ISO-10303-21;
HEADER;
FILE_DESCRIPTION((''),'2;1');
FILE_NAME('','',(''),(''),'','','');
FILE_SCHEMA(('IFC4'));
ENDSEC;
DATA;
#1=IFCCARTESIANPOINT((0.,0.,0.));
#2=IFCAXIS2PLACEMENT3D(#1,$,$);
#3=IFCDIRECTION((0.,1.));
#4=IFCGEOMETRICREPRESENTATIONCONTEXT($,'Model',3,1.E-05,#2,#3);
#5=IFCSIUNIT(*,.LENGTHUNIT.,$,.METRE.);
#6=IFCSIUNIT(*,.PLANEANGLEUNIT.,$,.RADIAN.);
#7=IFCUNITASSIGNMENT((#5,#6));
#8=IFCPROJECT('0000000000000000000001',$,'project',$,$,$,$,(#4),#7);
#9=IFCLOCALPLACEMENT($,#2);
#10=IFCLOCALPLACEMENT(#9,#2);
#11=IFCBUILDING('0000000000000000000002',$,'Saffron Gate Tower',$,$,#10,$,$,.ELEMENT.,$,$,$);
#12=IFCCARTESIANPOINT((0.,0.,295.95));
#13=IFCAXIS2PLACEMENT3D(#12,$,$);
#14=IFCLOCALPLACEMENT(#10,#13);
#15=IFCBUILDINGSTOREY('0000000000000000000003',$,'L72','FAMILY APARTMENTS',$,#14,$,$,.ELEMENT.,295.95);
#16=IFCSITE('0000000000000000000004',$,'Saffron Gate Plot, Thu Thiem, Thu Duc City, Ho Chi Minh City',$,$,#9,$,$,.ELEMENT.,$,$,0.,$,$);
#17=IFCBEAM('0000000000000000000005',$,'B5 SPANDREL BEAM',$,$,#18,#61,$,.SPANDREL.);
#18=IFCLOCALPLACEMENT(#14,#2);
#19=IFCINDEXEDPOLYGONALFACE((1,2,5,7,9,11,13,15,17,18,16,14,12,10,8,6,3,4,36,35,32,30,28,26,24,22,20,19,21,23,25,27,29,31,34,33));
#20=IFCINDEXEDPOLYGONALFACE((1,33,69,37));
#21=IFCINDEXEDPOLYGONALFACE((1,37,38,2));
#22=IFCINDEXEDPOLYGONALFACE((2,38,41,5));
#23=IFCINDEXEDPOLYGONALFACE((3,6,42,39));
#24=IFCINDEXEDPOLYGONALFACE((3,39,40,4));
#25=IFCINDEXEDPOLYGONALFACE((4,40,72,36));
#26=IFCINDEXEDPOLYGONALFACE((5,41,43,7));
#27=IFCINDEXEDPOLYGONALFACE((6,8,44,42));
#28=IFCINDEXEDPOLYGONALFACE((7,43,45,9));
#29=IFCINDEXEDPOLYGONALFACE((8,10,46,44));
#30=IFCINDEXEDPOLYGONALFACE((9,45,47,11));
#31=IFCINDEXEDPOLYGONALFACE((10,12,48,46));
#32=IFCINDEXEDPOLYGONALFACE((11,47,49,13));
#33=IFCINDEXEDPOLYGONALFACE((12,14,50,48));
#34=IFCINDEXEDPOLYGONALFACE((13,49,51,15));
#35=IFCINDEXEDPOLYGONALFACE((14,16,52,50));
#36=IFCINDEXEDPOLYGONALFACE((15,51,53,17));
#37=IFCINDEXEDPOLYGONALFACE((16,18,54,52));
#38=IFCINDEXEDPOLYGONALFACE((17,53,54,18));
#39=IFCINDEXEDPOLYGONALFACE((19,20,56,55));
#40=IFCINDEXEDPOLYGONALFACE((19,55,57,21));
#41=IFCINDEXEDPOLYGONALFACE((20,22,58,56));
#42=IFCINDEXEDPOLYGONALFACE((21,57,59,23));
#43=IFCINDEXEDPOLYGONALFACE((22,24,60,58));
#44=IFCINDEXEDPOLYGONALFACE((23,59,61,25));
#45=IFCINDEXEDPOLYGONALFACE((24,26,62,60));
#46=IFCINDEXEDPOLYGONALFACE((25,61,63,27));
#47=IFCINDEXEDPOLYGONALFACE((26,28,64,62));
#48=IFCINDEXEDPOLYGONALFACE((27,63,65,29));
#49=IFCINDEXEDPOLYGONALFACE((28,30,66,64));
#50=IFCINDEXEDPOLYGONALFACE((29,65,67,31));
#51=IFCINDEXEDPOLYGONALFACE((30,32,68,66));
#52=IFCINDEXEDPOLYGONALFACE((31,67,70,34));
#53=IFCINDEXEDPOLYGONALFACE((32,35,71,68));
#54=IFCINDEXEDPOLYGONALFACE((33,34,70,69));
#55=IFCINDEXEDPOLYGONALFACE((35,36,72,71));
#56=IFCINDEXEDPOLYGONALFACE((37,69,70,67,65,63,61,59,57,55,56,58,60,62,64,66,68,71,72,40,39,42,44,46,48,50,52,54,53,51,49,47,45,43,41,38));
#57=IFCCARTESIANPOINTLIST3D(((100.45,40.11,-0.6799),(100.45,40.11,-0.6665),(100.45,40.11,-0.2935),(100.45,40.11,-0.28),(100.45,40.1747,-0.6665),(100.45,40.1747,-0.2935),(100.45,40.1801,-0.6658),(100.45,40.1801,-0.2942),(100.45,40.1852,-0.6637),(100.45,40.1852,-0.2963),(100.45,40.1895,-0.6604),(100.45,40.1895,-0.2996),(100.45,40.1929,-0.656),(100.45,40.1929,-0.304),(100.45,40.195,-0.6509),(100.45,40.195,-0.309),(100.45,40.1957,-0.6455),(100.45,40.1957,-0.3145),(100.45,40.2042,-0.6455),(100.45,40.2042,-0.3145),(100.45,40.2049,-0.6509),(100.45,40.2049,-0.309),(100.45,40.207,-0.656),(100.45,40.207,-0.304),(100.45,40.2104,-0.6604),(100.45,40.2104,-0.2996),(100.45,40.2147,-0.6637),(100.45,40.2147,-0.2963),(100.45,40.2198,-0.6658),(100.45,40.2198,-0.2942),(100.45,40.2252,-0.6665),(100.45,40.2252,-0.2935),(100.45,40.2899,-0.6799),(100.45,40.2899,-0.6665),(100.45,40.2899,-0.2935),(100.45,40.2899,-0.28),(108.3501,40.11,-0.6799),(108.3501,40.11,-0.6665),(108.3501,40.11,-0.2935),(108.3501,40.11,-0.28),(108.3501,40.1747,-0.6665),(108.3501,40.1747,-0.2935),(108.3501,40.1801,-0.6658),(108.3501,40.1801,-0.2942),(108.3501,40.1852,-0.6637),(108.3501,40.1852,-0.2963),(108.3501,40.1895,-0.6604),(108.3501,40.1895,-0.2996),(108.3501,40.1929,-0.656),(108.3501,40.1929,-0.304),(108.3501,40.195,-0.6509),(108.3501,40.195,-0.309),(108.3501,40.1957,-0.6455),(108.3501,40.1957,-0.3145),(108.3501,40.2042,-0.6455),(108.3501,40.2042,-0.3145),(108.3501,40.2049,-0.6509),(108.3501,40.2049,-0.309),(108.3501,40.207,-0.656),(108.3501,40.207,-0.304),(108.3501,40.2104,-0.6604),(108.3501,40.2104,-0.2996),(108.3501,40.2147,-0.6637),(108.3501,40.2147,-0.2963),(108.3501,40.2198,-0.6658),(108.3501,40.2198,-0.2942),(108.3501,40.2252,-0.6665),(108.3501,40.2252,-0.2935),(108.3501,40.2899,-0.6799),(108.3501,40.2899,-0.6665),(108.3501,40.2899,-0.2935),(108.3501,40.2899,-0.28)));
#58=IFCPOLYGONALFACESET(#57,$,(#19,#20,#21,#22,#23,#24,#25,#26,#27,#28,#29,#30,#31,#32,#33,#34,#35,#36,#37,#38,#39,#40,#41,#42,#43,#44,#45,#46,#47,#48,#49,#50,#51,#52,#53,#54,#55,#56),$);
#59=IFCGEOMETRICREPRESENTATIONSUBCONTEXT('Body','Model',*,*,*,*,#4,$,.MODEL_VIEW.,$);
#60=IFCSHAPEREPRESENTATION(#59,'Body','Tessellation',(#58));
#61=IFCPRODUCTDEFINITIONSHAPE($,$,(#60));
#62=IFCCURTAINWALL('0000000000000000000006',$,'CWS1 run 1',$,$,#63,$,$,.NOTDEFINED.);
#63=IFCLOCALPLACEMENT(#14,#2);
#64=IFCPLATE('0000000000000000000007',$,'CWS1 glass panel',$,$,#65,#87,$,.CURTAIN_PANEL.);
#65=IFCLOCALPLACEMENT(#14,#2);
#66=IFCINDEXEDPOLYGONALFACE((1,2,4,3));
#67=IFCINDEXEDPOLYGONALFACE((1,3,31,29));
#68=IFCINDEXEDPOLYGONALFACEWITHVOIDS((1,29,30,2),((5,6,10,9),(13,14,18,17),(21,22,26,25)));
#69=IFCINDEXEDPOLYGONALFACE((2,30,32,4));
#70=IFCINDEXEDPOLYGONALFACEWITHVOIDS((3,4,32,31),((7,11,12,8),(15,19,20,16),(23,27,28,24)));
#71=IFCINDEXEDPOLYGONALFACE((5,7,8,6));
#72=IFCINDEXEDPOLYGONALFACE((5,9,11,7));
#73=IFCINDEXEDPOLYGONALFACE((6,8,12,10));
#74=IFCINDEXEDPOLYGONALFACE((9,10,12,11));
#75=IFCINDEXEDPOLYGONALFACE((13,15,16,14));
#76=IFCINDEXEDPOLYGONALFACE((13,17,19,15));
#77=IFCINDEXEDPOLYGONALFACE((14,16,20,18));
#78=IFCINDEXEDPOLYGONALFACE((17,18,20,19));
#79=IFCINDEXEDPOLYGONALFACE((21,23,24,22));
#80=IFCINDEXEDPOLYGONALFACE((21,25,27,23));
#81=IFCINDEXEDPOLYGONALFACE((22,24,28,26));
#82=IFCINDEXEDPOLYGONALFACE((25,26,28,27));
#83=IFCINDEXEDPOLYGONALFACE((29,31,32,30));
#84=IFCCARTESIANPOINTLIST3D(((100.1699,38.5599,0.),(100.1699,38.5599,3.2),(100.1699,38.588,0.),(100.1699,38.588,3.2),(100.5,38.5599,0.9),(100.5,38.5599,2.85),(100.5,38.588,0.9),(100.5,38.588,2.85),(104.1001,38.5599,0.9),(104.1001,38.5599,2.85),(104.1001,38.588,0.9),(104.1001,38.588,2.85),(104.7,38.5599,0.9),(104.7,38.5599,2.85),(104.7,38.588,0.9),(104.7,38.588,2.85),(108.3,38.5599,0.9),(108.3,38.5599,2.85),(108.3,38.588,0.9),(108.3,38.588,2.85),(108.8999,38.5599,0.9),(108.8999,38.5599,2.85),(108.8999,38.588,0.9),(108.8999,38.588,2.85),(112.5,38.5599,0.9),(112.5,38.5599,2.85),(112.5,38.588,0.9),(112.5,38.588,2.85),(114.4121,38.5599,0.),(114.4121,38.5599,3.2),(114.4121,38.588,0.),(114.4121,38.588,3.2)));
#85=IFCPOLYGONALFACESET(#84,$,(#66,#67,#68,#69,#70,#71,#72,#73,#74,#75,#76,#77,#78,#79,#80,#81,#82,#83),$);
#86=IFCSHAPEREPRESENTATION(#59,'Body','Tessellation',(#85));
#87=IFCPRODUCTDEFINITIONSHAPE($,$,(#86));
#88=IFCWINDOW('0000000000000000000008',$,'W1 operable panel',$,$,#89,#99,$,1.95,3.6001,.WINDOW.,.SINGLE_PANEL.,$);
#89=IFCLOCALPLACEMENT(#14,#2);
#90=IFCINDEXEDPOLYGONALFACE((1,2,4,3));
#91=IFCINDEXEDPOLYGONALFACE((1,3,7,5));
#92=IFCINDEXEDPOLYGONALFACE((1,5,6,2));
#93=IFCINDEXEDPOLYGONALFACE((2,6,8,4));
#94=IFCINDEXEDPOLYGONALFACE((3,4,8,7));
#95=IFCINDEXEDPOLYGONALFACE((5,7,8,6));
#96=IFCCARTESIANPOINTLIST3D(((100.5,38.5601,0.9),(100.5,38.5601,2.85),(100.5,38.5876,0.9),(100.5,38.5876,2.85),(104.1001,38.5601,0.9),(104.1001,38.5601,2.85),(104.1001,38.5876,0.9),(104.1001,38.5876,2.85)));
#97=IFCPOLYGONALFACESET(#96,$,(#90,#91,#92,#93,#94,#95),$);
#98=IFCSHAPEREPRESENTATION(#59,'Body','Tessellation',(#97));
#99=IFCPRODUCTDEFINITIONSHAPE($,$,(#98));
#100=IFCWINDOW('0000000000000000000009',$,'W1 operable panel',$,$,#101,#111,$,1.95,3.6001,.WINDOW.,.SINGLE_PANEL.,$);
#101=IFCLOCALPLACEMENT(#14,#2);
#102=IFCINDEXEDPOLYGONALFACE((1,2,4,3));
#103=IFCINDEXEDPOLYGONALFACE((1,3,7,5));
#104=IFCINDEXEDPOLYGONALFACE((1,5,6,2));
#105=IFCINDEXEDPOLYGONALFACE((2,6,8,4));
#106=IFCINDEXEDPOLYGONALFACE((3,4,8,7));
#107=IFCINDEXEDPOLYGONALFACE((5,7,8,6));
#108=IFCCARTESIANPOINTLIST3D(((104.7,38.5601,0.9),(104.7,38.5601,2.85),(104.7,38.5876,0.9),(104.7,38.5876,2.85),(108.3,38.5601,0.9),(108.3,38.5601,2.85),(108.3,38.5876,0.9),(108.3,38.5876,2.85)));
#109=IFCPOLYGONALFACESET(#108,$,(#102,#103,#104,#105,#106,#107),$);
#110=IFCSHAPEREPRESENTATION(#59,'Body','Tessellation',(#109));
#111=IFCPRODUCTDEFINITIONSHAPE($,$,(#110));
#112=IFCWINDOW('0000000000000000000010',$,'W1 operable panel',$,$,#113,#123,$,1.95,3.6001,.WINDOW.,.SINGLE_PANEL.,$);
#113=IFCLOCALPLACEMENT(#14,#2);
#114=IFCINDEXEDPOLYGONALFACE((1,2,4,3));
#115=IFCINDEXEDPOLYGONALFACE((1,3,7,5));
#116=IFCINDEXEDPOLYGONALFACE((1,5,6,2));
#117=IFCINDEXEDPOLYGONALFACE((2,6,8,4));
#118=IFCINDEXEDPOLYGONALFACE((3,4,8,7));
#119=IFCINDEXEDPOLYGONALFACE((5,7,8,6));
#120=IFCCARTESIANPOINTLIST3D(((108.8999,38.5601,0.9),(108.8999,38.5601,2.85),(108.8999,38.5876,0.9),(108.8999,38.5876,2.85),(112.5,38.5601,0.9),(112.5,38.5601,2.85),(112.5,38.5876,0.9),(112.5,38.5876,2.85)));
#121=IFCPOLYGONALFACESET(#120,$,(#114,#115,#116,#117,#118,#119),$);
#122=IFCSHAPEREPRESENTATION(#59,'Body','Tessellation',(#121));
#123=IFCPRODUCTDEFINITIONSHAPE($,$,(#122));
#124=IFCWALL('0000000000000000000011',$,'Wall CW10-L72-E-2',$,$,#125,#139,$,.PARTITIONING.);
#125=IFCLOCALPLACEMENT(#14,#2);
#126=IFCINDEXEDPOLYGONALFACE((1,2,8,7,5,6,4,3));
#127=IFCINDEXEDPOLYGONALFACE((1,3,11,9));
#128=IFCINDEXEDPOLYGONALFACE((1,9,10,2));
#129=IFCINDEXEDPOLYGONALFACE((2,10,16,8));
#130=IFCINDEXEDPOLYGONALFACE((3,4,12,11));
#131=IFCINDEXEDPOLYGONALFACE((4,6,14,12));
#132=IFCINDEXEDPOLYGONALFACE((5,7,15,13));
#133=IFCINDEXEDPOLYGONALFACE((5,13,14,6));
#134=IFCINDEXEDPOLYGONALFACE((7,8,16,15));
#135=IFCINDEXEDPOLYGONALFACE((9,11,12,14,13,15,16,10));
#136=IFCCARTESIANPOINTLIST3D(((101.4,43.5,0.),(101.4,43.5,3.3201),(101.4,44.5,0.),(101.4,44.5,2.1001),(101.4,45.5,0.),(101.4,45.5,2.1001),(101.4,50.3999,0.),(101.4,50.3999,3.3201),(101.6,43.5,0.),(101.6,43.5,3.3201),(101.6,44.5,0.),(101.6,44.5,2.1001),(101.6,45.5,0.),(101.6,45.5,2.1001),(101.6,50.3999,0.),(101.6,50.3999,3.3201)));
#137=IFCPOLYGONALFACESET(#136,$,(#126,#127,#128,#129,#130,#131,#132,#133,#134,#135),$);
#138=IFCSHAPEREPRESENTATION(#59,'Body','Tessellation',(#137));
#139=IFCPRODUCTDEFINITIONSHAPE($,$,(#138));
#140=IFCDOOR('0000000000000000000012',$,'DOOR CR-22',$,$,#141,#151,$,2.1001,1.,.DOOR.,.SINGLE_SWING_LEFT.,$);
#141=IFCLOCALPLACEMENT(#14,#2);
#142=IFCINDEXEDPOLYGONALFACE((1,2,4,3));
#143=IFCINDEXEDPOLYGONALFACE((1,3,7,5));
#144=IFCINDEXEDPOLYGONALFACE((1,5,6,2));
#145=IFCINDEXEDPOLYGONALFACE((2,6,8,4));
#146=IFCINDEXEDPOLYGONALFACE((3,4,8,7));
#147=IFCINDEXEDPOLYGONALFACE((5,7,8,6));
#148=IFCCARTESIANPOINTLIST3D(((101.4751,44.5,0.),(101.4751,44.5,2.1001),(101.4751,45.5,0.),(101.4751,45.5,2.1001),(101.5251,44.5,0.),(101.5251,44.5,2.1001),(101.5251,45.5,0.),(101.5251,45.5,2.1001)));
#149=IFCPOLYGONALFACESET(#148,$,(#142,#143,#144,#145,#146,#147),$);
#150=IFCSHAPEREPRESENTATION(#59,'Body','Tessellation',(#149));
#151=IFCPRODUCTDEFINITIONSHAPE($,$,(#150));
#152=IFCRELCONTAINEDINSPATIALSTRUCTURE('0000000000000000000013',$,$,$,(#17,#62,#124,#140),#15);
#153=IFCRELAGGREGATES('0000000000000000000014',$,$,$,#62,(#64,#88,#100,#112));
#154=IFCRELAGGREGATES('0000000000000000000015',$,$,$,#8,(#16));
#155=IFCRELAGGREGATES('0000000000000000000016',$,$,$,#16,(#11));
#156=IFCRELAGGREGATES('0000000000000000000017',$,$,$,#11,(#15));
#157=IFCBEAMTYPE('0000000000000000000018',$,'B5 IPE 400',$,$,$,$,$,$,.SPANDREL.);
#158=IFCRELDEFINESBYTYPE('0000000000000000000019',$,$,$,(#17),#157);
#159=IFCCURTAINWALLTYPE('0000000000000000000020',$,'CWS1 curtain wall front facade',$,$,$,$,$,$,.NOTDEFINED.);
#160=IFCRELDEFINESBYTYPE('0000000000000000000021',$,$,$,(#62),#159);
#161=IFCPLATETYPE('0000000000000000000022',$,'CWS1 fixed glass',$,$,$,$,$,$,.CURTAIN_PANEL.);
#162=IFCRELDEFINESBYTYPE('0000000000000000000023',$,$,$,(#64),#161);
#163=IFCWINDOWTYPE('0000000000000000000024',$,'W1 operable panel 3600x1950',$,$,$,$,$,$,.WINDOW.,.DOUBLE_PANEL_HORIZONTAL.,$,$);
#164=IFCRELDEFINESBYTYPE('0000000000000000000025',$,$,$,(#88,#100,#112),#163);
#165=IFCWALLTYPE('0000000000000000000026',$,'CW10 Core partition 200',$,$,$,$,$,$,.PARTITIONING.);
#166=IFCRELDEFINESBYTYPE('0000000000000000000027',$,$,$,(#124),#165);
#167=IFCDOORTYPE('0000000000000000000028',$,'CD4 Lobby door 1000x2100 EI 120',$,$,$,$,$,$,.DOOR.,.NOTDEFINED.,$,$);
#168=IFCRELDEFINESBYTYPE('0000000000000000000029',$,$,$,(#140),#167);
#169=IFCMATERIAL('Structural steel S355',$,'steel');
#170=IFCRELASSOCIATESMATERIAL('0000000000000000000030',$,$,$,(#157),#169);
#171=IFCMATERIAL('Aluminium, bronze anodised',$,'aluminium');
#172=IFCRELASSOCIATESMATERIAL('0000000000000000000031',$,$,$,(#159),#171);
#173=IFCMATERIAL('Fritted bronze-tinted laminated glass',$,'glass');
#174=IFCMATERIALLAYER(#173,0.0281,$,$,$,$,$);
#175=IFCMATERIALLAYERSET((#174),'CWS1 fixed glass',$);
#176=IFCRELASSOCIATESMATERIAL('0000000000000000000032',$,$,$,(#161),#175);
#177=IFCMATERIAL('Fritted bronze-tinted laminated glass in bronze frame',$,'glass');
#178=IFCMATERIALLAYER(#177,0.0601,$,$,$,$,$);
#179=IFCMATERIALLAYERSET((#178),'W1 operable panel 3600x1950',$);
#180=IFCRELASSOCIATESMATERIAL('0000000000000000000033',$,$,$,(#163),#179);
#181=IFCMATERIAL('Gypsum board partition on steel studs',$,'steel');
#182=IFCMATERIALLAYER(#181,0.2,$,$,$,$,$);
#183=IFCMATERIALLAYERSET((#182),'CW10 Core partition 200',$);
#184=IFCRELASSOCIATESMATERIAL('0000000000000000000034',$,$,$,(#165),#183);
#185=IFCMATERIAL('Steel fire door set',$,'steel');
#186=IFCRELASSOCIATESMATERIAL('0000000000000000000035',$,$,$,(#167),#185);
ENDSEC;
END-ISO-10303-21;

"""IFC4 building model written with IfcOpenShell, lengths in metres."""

from ifc_helpers import new_model, si_unit, direction, frame, frame_2d, origin, origin_2d, place, context, subcontext, project, spatial, rectangle, i_section, extrude, material, layer, layer_set, material_profile, profile_set, type_object, element, fill, aggregate, save


model = new_model("IFC4")

# Units and contexts
model_context = context("Model", 3, precision=1e-05, world=origin(), true_north=direction((0.0, 1.0)))
body_context = subcontext(model_context, "Body", "Model", "MODEL_VIEW")
ifc_project = project(units=[si_unit("LENGTHUNIT", "METRE"), si_unit("PLANEANGLEUNIT", "RADIAN")], contexts=[model_context])

# Site, building, storey
site_placement = place(None, origin())
site = spatial("IfcSite", under=ifc_project, at=site_placement, Name="Saffron Gate Plot, Thu Thiem, Thu Duc City, Ho Chi Minh City", CompositionType="ELEMENT", RefElevation=0.0)
building_placement = place(site_placement, origin())
building = spatial("IfcBuilding", under=site, at=building_placement, Name="Saffron Gate Tower", CompositionType="ELEMENT")
storey_placement = place(building_placement, frame((0.0, 0.0, 295.95)))
storey = spatial("IfcBuildingStorey", under=building, at=storey_placement, Name="L72", Description="FAMILY APARTMENTS", CompositionType="ELEMENT", Elevation=295.95)

# Beam
ifc_material_1 = material(Name="Structural steel S355", Category="steel")
ifc_material_profile_1 = material_profile(ifc_material_1, i_section(OverallWidth=0.1799, OverallDepth=0.3999, WebThickness=0.0085, FlangeThickness=0.0134, FilletRadius=0.021, at=origin_2d()))
ifc_profile_set_1 = profile_set([ifc_material_profile_1], Name="Structural steel S355")
beam_type_1 = type_object("IfcBeamType", Name="B5 IPE 400", PredefinedType="SPANDREL", material=ifc_profile_set_1)
beam_1_placement = place(storey_placement, frame((100.45, 40.2, -0.48), z_axis=(1.0, 0.0, 0.0), x_axis=(0.0, 1.0, 0.0)))
element("IfcBeam", 1, at=beam_1_placement, inside=storey, type_object=beam_type_1, Name="B5 SPANDREL BEAM", PredefinedType="SPANDREL", context=body_context, shape_type="SweptSolid", body=[
    extrude(i_section(OverallWidth=0.1799, OverallDepth=0.3999, WebThickness=0.0085, FlangeThickness=0.0134, FilletRadius=0.021, at=origin_2d()), origin(), (0.0, 0.0, 1.0), 7.9001),
])

# Curtain wall, plate, openings, windows
ifc_material_2 = material(Name="Aluminium, bronze anodised", Category="aluminium")
curtain_wall_type = type_object("IfcCurtainWallType", Name="CWS1 curtain wall front facade", PredefinedType="NOTDEFINED", material=ifc_material_2)
curtain_wall_placement = place(storey_placement, origin())
curtain_wall = element("IfcCurtainWall", 2, at=curtain_wall_placement, inside=storey, type_object=curtain_wall_type, Name="CWS1 run 1", PredefinedType="NOTDEFINED")
ifc_material_3 = material(Name="Fritted bronze-tinted laminated glass", Category="glass")
ifc_layer_1 = layer(ifc_material_3, 0.0281)
ifc_layer_set_1 = layer_set([ifc_layer_1], Name="CWS1 fixed glass")
plate_type = type_object("IfcPlateType", Name="CWS1 fixed glass", PredefinedType="CURTAIN_PANEL", material=ifc_layer_set_1)
plate_placement = place(storey_placement, frame((100.1699, 38.574, 0.0), z_axis=(0.0, 0.0, 1.0), x_axis=(1.0, 0.0, 0.0)))
plate = element("IfcPlate", 3, at=plate_placement, type_object=plate_type, Name="CWS1 glass panel", PredefinedType="CURTAIN_PANEL", context=body_context, shape_type="SweptSolid", body=[
    extrude(rectangle(XDim=14.2422, YDim=0.0281, at=frame_2d((7.1211, 0.0))), origin(), (0.0, 0.0, 1.0), 3.2),
])
opening_1_placement = place(plate_placement, frame((0.3301, 0.0, 0.8999)))
opening_1 = element("IfcOpeningElement", 4, at=opening_1_placement, cuts=plate, PredefinedType="OPENING", context=body_context, shape_type="SweptSolid", body=[
    extrude(rectangle(XDim=3.6001, YDim=1.95, at=frame_2d((1.8, 0.9751))), frame((0.0, 0.0239, 0.0), z_axis=(0.0, -1.0, 0.0), x_axis=(1.0, 0.0, 0.0)), (0.0, 0.0, 1.0), 0.0481),
])
opening_2_placement = place(plate_placement, frame((4.53, 0.0, 0.8999)))
opening_2 = element("IfcOpeningElement", 5, at=opening_2_placement, cuts=plate, PredefinedType="OPENING", context=body_context, shape_type="SweptSolid", body=[
    extrude(rectangle(XDim=3.6001, YDim=1.95, at=frame_2d((1.8, 0.9751))), frame((0.0, 0.0239, 0.0), z_axis=(0.0, -1.0, 0.0), x_axis=(1.0, 0.0, 0.0)), (0.0, 0.0, 1.0), 0.0481),
])
opening_3_placement = place(plate_placement, frame((8.73, 0.0, 0.8999)))
opening_3 = element("IfcOpeningElement", 6, at=opening_3_placement, cuts=plate, PredefinedType="OPENING", context=body_context, shape_type="SweptSolid", body=[
    extrude(rectangle(XDim=3.6001, YDim=1.95, at=frame_2d((1.8, 0.9751))), frame((0.0, 0.0239, 0.0), z_axis=(0.0, -1.0, 0.0), x_axis=(1.0, 0.0, 0.0)), (0.0, 0.0, 1.0), 0.0481),
])
ifc_material_4 = material(Name="Fritted bronze-tinted laminated glass in bronze frame", Category="glass")
ifc_layer_2 = layer(ifc_material_4, 0.0601)
ifc_layer_set_2 = layer_set([ifc_layer_2], Name="W1 operable panel 3600x1950")
window_type = type_object("IfcWindowType", Name="W1 operable panel 3600x1950", PartitioningType="DOUBLE_PANEL_HORIZONTAL", PredefinedType="WINDOW", material=ifc_layer_set_2)
window_1_placement = place(opening_1_placement, origin())
window_1 = element("IfcWindow", 7, at=window_1_placement, type_object=window_type, Name="W1 operable panel", OverallHeight=1.95, OverallWidth=3.6001, PartitioningType="SINGLE_PANEL", PredefinedType="WINDOW", context=body_context, shape_type="SweptSolid", body=[
    extrude(rectangle(XDim=3.6001, YDim=1.95, at=frame_2d((1.8, 0.9751))), frame((0.0, 0.0137, 0.0), z_axis=(0.0, -1.0, 0.0), x_axis=(1.0, 0.0, 0.0)), (0.0, 0.0, 1.0), 0.0276),
])
fill(opening_1, window_1)
window_2_placement = place(opening_2_placement, origin())
window_2 = element("IfcWindow", 8, at=window_2_placement, type_object=window_type, Name="W1 operable panel", OverallHeight=1.95, OverallWidth=3.6001, PartitioningType="SINGLE_PANEL", PredefinedType="WINDOW", context=body_context, shape_type="SweptSolid", body=[
    extrude(rectangle(XDim=3.6001, YDim=1.95, at=frame_2d((1.8, 0.9751))), frame((0.0, 0.0137, 0.0), z_axis=(0.0, -1.0, 0.0), x_axis=(1.0, 0.0, 0.0)), (0.0, 0.0, 1.0), 0.0276),
])
fill(opening_2, window_2)
window_3_placement = place(opening_3_placement, origin())
window_3 = element("IfcWindow", 9, at=window_3_placement, type_object=window_type, Name="W1 operable panel", OverallHeight=1.95, OverallWidth=3.6001, PartitioningType="SINGLE_PANEL", PredefinedType="WINDOW", context=body_context, shape_type="SweptSolid", body=[
    extrude(rectangle(XDim=3.6001, YDim=1.95, at=frame_2d((1.8, 0.9751))), frame((0.0, 0.0137, 0.0), z_axis=(0.0, -1.0, 0.0), x_axis=(1.0, 0.0, 0.0)), (0.0, 0.0, 1.0), 0.0276),
])
fill(opening_3, window_3)
aggregate(curtain_wall, [plate, window_1, window_2, window_3])

# Wall, opening, door
ifc_material_5 = material(Name="Gypsum board partition on steel studs", Category="steel")
ifc_layer_3 = layer(ifc_material_5, 0.2)
ifc_layer_set_3 = layer_set([ifc_layer_3], Name="CW10 Core partition 200")
wall_type_1 = type_object("IfcWallType", Name="CW10 Core partition 200", PredefinedType="PARTITIONING", material=ifc_layer_set_3)
wall_1_placement = place(storey_placement, frame((101.5, 43.5, 0.0), z_axis=(0.0, 0.0, 1.0), x_axis=(0.0, 1.0, 0.0)))
wall_1 = element("IfcWall", 10, at=wall_1_placement, inside=storey, type_object=wall_type_1, Name="Wall CW10-L72-E-2", PredefinedType="PARTITIONING", context=body_context, shape_type="SweptSolid", body=[
    extrude(rectangle(XDim=6.8999, YDim=0.2, at=frame_2d((3.45, 0.0))), origin(), (0.0, 0.0, 1.0), 3.3201),
])
opening_4_placement = place(wall_1_placement, frame((1.0, 0.0, 0.0)))
opening_4 = element("IfcOpeningElement", 11, at=opening_4_placement, cuts=wall_1, PredefinedType="OPENING", context=body_context, shape_type="SweptSolid", body=[
    extrude(rectangle(XDim=1.0, YDim=2.1001, at=frame_2d((0.5, 1.05))), frame((0.0, 0.1099, 0.0), z_axis=(0.0, -1.0, 0.0), x_axis=(1.0, 0.0, 0.0)), (0.0, 0.0, 1.0), 0.22),
])
ifc_material_6 = material(Name="Steel fire door set", Category="steel")
door_type_1 = type_object("IfcDoorType", Name="CD4 Lobby door 1000x2100 EI 120", OperationType="NOTDEFINED", PredefinedType="DOOR", material=ifc_material_6)
door_1_placement = place(opening_4_placement, origin())
door_1 = element("IfcDoor", 12, at=door_1_placement, inside=storey, type_object=door_type_1, Name="DOOR CR-22", OperationType="SINGLE_SWING_LEFT", OverallHeight=2.1001, OverallWidth=1.0, PredefinedType="DOOR", context=body_context, shape_type="SweptSolid", body=[
    extrude(rectangle(XDim=1.0, YDim=2.1001, at=frame_2d((0.5, 1.05))), frame((0.0, 0.0249, 0.0), z_axis=(0.0, -1.0, 0.0), x_axis=(1.0, 0.0, 0.0)), (0.0, 0.0, 1.0), 0.05),
])
fill(opening_4, door_1)

save(model, "model.ifc")
